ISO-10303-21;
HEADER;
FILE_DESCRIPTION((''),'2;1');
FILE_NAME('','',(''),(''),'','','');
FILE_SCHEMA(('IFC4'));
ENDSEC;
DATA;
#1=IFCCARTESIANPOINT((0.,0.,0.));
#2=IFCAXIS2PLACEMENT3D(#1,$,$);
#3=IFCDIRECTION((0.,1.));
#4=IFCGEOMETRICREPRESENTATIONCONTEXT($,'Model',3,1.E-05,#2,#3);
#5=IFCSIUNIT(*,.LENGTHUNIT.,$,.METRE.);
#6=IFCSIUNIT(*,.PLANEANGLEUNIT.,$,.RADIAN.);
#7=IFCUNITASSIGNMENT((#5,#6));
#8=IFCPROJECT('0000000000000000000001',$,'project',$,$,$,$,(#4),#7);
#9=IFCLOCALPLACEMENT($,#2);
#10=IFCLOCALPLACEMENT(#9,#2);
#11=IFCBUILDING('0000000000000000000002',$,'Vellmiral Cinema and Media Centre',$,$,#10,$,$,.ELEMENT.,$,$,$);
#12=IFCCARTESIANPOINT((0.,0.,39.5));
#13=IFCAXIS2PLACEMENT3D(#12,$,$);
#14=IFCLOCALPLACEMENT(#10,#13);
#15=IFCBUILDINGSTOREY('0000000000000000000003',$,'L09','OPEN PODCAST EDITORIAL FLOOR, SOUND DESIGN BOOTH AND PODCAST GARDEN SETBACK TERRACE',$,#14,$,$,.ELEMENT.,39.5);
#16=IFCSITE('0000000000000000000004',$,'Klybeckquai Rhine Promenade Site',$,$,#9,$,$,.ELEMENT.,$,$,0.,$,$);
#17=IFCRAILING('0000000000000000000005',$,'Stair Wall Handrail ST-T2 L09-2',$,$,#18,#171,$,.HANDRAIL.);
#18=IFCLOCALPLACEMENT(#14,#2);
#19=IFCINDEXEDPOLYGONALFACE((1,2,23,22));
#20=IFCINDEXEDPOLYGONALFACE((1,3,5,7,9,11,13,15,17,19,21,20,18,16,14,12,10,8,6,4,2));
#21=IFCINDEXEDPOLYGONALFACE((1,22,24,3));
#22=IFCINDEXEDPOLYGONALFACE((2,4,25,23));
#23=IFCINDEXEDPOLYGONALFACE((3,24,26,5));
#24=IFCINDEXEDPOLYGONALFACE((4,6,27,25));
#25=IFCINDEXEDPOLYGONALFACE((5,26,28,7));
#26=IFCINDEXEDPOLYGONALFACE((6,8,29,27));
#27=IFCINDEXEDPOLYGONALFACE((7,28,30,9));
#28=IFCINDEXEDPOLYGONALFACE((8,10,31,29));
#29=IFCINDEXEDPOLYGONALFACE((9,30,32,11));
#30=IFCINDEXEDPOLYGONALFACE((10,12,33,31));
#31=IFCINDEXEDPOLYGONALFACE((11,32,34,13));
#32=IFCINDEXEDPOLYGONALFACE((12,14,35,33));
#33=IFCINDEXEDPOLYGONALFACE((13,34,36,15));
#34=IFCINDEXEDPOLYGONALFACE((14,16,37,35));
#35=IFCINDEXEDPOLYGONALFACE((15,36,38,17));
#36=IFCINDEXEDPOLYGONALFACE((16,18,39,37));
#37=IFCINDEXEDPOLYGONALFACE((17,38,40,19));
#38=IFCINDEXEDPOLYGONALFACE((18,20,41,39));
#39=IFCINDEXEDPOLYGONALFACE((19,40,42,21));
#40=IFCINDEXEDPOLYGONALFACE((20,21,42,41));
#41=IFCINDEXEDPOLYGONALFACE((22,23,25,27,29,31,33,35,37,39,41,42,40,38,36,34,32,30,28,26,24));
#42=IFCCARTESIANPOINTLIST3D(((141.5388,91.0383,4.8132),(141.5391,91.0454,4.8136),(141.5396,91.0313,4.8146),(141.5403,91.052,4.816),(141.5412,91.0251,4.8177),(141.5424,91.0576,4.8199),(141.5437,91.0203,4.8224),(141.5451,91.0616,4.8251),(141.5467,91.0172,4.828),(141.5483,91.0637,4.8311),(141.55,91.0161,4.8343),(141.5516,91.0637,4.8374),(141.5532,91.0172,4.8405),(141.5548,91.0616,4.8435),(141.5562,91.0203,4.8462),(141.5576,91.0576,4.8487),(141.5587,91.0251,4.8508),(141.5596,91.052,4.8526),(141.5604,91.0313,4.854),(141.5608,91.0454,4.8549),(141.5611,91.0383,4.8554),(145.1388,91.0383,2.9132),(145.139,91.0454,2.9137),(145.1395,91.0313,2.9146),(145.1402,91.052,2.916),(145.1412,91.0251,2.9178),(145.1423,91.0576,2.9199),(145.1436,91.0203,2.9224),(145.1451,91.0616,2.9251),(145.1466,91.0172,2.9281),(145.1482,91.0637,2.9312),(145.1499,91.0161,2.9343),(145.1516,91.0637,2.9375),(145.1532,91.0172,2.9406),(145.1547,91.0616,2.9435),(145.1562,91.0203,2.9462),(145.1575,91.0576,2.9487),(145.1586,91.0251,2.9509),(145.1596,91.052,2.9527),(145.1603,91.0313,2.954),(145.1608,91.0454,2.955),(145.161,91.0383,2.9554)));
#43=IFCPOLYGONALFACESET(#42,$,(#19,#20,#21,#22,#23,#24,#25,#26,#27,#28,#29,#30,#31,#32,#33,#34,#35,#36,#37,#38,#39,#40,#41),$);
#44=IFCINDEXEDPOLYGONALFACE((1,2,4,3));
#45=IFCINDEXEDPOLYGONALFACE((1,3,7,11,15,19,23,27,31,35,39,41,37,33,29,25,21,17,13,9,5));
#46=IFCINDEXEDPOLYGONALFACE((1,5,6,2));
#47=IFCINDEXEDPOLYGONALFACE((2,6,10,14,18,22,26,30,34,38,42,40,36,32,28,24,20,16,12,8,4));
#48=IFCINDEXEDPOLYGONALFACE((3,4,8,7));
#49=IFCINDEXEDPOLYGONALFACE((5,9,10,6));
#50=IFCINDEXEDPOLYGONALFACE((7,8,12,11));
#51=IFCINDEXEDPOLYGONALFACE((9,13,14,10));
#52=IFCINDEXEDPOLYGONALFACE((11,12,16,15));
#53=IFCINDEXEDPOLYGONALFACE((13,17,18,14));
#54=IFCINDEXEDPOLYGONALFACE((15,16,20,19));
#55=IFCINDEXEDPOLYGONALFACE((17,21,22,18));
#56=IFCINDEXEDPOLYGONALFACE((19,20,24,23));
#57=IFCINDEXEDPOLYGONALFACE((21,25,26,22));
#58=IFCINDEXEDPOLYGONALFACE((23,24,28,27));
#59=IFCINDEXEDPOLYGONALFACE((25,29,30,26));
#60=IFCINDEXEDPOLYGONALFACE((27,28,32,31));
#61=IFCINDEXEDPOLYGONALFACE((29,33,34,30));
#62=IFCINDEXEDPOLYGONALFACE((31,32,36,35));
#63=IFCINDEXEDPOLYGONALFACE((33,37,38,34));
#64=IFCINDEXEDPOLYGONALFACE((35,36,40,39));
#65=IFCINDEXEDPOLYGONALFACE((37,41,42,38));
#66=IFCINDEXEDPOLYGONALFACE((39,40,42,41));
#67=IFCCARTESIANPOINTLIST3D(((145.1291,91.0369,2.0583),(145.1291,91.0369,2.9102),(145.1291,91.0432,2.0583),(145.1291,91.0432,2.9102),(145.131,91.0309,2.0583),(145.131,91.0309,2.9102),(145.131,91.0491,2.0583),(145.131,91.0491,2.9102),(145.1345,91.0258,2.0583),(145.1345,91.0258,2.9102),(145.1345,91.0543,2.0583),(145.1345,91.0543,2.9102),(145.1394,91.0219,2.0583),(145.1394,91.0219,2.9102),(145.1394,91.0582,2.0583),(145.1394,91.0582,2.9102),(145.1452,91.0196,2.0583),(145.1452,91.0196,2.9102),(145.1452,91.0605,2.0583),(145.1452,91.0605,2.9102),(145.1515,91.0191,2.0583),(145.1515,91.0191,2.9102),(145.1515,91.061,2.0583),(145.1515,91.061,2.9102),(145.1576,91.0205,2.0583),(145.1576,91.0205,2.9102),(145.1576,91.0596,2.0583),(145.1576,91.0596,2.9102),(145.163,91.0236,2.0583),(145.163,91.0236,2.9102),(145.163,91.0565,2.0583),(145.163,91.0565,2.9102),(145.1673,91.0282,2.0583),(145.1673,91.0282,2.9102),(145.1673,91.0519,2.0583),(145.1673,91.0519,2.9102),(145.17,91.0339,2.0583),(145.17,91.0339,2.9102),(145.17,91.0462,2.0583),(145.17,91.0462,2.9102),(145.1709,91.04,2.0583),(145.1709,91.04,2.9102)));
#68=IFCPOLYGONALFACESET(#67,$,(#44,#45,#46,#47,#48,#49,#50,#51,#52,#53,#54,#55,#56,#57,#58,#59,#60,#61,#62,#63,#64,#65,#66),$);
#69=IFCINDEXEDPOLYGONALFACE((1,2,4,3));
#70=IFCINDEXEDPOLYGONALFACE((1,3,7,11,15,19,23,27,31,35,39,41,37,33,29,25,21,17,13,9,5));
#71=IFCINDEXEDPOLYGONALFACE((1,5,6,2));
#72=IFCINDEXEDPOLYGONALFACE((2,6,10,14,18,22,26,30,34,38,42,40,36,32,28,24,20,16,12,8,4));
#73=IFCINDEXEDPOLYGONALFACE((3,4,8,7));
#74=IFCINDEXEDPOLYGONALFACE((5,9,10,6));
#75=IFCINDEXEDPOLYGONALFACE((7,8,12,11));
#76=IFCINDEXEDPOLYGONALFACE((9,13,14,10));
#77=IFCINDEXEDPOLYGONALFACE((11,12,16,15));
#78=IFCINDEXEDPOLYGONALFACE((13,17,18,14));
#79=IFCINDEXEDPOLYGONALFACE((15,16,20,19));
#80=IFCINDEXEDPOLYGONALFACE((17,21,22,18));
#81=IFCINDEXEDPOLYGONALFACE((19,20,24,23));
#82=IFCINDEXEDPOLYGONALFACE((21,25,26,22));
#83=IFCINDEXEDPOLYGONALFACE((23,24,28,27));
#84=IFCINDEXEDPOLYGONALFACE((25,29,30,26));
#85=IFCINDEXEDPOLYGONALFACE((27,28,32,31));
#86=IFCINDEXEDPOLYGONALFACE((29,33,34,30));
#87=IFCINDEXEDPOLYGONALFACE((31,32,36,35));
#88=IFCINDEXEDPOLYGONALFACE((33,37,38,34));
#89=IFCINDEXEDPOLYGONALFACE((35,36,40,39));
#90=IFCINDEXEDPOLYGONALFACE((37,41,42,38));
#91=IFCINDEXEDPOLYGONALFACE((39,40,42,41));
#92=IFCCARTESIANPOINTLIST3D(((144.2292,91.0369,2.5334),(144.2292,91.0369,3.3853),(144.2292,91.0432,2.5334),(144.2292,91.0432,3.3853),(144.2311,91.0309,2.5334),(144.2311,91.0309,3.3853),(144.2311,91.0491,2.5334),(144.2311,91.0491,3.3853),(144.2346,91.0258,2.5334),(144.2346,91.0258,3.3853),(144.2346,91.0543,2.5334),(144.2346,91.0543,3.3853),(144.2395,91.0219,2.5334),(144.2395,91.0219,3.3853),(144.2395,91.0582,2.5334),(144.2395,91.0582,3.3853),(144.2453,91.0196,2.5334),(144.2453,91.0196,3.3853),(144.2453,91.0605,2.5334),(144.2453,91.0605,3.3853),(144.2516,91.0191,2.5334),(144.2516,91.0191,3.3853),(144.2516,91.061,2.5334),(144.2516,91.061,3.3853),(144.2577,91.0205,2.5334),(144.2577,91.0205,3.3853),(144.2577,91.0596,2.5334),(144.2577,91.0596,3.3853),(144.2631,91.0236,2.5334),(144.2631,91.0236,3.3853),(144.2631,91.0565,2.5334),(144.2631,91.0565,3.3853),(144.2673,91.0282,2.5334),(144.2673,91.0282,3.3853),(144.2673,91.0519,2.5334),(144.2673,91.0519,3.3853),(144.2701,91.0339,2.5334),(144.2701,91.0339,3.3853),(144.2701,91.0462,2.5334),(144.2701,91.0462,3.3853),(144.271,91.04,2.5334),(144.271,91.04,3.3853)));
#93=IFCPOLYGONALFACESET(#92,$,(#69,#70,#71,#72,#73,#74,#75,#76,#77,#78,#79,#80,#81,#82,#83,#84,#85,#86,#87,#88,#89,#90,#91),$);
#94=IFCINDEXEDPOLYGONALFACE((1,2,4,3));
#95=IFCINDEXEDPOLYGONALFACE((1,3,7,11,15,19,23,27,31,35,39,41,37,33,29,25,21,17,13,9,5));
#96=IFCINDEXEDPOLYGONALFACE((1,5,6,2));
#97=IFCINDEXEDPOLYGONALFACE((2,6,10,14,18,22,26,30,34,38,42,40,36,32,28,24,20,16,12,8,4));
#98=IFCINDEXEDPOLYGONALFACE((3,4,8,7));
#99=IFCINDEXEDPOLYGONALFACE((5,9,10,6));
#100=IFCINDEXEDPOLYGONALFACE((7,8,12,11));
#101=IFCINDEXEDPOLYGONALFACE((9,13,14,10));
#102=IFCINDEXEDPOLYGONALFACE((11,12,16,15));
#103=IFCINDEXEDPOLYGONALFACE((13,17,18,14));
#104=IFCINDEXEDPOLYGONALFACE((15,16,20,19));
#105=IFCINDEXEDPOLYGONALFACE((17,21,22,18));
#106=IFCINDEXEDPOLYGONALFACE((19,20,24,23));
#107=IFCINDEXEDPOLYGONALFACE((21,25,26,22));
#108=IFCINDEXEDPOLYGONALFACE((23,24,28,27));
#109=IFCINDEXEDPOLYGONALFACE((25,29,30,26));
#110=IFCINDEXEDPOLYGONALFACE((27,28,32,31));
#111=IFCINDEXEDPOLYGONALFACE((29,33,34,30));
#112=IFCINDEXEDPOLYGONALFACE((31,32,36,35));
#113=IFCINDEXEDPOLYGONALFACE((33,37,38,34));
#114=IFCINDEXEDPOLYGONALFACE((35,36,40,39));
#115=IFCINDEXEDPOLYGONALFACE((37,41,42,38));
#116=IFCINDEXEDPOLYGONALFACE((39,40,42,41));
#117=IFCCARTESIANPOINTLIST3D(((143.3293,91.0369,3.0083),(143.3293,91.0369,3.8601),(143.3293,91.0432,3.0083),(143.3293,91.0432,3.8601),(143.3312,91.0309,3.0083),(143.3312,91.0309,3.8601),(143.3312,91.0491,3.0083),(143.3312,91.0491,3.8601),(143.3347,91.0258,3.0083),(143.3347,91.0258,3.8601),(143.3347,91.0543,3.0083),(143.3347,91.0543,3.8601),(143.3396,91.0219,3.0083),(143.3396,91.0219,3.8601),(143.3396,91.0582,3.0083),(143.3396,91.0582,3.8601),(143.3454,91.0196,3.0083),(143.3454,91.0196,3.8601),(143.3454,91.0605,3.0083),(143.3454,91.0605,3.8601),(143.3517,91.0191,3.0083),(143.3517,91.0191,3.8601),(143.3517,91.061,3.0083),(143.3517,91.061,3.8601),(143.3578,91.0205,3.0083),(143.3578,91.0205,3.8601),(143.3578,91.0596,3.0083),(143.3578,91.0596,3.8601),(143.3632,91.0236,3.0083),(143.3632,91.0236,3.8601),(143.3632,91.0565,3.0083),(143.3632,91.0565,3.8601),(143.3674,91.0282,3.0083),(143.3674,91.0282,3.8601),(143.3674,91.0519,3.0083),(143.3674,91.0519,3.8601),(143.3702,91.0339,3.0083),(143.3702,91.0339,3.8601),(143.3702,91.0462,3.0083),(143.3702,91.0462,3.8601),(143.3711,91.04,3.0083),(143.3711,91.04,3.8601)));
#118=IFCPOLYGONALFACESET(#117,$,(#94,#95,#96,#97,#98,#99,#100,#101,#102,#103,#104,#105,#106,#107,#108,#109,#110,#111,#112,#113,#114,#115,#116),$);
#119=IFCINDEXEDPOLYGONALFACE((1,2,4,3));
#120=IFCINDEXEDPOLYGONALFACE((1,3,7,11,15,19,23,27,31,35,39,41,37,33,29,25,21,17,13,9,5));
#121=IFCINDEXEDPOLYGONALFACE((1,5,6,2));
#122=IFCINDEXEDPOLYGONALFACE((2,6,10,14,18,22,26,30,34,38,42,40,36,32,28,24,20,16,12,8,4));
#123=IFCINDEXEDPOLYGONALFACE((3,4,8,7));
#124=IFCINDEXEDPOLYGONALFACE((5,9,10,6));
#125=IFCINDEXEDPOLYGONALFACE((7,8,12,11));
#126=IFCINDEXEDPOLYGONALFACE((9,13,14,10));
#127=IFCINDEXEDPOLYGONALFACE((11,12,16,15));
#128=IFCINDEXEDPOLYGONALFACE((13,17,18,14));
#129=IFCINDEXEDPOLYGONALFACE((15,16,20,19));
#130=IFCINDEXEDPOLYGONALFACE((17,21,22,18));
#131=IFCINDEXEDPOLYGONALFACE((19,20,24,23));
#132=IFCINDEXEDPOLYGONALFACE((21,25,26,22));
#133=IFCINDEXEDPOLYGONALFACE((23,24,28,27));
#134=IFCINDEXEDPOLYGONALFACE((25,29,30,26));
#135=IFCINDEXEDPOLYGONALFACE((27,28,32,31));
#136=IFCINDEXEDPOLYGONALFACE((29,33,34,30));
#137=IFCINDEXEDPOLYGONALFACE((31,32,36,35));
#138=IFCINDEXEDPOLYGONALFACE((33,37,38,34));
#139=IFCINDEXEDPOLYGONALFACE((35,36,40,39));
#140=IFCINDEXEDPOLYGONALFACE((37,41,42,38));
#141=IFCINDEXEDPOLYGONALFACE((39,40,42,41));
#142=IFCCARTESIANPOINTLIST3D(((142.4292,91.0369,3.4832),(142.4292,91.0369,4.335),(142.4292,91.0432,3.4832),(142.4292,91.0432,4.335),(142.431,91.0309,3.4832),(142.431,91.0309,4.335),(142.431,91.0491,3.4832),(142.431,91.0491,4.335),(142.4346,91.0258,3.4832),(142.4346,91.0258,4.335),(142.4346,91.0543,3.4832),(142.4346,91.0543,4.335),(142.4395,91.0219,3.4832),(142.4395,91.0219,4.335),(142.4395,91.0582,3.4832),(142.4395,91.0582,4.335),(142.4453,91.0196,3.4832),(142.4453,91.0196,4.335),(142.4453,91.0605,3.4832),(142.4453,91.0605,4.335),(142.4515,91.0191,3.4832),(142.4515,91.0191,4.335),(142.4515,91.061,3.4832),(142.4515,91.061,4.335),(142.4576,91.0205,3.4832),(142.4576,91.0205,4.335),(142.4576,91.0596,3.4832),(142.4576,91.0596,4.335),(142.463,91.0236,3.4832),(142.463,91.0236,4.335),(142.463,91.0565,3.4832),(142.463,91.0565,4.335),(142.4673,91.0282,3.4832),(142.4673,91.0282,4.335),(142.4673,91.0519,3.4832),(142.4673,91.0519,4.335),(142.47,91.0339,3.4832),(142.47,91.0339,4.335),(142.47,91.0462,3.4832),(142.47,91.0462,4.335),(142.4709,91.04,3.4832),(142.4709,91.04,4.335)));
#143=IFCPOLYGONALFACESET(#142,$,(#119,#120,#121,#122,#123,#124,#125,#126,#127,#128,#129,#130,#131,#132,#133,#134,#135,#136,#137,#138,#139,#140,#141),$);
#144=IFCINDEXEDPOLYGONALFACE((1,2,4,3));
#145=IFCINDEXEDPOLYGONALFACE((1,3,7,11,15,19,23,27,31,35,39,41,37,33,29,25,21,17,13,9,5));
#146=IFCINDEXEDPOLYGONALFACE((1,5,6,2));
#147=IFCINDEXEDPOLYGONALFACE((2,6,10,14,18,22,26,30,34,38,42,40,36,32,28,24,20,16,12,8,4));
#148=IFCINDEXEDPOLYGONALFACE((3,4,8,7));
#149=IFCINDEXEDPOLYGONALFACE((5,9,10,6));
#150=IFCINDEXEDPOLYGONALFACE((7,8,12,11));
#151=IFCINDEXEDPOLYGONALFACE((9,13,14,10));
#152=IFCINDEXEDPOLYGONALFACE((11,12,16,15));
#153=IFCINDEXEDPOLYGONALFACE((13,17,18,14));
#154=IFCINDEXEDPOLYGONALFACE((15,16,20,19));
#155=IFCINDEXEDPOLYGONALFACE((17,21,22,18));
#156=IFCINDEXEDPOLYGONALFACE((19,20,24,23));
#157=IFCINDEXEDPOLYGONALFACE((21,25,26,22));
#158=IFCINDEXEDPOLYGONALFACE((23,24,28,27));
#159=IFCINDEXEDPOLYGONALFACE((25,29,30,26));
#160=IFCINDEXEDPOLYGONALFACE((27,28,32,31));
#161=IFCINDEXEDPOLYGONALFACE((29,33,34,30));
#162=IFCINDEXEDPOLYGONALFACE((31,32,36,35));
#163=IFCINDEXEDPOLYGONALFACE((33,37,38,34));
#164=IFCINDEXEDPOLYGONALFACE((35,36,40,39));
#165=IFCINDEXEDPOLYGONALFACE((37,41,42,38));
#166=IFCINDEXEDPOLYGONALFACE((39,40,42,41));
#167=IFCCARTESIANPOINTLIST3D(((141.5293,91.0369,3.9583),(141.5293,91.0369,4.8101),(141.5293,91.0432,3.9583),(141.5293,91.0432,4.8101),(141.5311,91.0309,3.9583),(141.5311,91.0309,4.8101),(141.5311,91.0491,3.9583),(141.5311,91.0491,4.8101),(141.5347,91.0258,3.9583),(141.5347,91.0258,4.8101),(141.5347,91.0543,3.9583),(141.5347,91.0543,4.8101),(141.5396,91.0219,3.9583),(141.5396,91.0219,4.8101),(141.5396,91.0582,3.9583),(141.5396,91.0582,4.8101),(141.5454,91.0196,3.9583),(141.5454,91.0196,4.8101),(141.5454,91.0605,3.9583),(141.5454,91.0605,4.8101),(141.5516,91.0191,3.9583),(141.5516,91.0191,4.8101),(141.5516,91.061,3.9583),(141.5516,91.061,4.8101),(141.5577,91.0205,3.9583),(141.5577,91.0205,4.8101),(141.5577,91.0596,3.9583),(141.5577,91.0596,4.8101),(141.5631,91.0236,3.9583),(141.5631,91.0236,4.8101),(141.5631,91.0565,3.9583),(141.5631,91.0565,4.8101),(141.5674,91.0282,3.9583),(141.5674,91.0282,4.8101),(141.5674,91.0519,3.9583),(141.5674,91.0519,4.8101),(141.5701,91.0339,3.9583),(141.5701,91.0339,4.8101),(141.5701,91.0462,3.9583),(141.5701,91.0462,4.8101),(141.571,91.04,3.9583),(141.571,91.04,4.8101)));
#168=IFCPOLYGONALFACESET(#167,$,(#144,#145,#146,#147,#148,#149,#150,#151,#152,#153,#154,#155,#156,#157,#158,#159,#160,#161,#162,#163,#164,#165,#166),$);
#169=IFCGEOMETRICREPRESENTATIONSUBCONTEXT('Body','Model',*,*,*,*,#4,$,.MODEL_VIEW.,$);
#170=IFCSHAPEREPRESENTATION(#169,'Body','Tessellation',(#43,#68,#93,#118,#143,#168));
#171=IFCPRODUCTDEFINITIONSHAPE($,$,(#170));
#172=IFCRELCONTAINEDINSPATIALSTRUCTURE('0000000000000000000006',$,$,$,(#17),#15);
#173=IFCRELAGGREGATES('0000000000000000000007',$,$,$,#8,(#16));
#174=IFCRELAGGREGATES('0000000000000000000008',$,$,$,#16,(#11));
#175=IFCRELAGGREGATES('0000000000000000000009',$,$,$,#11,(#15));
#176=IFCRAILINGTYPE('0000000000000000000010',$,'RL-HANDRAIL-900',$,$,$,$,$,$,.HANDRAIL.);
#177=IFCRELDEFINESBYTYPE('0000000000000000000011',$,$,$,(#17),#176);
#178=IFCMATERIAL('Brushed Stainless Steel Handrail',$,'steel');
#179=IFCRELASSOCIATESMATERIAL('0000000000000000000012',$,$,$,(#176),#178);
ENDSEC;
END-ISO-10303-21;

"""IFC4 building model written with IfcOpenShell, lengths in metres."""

from ifc_helpers import new_model, si_unit, direction, frame, origin, origin_2d, place, context, subcontext, project, spatial, circle, extrude, material, type_object, element, save


model = new_model("IFC4")

# Units and contexts
model_context = context("Model", 3, precision=1e-05, world=origin(), true_north=direction((0.0, 1.0)))
body_context = subcontext(model_context, "Body", "Model", "MODEL_VIEW")
ifc_project = project(units=[si_unit("LENGTHUNIT", "METRE"), si_unit("PLANEANGLEUNIT", "RADIAN")], contexts=[model_context])

# Site, building, storey
site_placement = place(None, origin())
site = spatial("IfcSite", under=ifc_project, at=site_placement, Name="Klybeckquai Rhine Promenade Site", CompositionType="ELEMENT", RefElevation=0.0)
building_placement = place(site_placement, origin())
building = spatial("IfcBuilding", under=site, at=building_placement, Name="Vellmiral Cinema and Media Centre", CompositionType="ELEMENT")
storey_placement = place(building_placement, frame((0.0, 0.0, 39.5)))
storey = spatial("IfcBuildingStorey", under=building, at=storey_placement, Name="L09", Description="OPEN PODCAST EDITORIAL FLOOR, SOUND DESIGN BOOTH AND PODCAST GARDEN SETBACK TERRACE", CompositionType="ELEMENT", Elevation=39.5)

# Railing
ifc_material_1 = material(Name="Brushed Stainless Steel Handrail", Category="steel")
railing_type_1 = type_object("IfcRailingType", Name="RL-HANDRAIL-900", PredefinedType="HANDRAIL", material=ifc_material_1)
railing_1_placement = place(storey_placement, frame((145.1499, 91.04, 2.0583)))
element("IfcRailing", 1, at=railing_1_placement, inside=storey, type_object=railing_type_1, Name="Stair Wall Handrail ST-T2 L09-2", PredefinedType="HANDRAIL", context=body_context, shape_type="SweptSolid", body=[
    extrude(circle(Radius=0.0239, at=origin_2d()), frame((0.0, 0.0, 0.876), z_axis=(-0.884387, 0.0, 0.466755), x_axis=(0.0, -1.0, 0.0)), (0.0, 0.0, 1.0), 4.0706),
    extrude(circle(Radius=0.021, at=origin_2d()), origin(), (0.0, 0.0, 1.0), 0.8518),
    extrude(circle(Radius=0.021, at=origin_2d()), frame((-0.8999, 0.0, 0.4751)), (0.0, 0.0, 1.0), 0.8518),
    extrude(circle(Radius=0.021, at=origin_2d()), frame((-1.7998, 0.0, 0.95)), (0.0, 0.0, 1.0), 0.8518),
    extrude(circle(Radius=0.021, at=origin_2d()), frame((-2.7, 0.0, 1.4248)), (0.0, 0.0, 1.0), 0.8518),
    extrude(circle(Radius=0.021, at=origin_2d()), frame((-3.5999, 0.0, 1.8999)), (0.0, 0.0, 1.0), 0.8518),
])

save(model, "model.ifc")
